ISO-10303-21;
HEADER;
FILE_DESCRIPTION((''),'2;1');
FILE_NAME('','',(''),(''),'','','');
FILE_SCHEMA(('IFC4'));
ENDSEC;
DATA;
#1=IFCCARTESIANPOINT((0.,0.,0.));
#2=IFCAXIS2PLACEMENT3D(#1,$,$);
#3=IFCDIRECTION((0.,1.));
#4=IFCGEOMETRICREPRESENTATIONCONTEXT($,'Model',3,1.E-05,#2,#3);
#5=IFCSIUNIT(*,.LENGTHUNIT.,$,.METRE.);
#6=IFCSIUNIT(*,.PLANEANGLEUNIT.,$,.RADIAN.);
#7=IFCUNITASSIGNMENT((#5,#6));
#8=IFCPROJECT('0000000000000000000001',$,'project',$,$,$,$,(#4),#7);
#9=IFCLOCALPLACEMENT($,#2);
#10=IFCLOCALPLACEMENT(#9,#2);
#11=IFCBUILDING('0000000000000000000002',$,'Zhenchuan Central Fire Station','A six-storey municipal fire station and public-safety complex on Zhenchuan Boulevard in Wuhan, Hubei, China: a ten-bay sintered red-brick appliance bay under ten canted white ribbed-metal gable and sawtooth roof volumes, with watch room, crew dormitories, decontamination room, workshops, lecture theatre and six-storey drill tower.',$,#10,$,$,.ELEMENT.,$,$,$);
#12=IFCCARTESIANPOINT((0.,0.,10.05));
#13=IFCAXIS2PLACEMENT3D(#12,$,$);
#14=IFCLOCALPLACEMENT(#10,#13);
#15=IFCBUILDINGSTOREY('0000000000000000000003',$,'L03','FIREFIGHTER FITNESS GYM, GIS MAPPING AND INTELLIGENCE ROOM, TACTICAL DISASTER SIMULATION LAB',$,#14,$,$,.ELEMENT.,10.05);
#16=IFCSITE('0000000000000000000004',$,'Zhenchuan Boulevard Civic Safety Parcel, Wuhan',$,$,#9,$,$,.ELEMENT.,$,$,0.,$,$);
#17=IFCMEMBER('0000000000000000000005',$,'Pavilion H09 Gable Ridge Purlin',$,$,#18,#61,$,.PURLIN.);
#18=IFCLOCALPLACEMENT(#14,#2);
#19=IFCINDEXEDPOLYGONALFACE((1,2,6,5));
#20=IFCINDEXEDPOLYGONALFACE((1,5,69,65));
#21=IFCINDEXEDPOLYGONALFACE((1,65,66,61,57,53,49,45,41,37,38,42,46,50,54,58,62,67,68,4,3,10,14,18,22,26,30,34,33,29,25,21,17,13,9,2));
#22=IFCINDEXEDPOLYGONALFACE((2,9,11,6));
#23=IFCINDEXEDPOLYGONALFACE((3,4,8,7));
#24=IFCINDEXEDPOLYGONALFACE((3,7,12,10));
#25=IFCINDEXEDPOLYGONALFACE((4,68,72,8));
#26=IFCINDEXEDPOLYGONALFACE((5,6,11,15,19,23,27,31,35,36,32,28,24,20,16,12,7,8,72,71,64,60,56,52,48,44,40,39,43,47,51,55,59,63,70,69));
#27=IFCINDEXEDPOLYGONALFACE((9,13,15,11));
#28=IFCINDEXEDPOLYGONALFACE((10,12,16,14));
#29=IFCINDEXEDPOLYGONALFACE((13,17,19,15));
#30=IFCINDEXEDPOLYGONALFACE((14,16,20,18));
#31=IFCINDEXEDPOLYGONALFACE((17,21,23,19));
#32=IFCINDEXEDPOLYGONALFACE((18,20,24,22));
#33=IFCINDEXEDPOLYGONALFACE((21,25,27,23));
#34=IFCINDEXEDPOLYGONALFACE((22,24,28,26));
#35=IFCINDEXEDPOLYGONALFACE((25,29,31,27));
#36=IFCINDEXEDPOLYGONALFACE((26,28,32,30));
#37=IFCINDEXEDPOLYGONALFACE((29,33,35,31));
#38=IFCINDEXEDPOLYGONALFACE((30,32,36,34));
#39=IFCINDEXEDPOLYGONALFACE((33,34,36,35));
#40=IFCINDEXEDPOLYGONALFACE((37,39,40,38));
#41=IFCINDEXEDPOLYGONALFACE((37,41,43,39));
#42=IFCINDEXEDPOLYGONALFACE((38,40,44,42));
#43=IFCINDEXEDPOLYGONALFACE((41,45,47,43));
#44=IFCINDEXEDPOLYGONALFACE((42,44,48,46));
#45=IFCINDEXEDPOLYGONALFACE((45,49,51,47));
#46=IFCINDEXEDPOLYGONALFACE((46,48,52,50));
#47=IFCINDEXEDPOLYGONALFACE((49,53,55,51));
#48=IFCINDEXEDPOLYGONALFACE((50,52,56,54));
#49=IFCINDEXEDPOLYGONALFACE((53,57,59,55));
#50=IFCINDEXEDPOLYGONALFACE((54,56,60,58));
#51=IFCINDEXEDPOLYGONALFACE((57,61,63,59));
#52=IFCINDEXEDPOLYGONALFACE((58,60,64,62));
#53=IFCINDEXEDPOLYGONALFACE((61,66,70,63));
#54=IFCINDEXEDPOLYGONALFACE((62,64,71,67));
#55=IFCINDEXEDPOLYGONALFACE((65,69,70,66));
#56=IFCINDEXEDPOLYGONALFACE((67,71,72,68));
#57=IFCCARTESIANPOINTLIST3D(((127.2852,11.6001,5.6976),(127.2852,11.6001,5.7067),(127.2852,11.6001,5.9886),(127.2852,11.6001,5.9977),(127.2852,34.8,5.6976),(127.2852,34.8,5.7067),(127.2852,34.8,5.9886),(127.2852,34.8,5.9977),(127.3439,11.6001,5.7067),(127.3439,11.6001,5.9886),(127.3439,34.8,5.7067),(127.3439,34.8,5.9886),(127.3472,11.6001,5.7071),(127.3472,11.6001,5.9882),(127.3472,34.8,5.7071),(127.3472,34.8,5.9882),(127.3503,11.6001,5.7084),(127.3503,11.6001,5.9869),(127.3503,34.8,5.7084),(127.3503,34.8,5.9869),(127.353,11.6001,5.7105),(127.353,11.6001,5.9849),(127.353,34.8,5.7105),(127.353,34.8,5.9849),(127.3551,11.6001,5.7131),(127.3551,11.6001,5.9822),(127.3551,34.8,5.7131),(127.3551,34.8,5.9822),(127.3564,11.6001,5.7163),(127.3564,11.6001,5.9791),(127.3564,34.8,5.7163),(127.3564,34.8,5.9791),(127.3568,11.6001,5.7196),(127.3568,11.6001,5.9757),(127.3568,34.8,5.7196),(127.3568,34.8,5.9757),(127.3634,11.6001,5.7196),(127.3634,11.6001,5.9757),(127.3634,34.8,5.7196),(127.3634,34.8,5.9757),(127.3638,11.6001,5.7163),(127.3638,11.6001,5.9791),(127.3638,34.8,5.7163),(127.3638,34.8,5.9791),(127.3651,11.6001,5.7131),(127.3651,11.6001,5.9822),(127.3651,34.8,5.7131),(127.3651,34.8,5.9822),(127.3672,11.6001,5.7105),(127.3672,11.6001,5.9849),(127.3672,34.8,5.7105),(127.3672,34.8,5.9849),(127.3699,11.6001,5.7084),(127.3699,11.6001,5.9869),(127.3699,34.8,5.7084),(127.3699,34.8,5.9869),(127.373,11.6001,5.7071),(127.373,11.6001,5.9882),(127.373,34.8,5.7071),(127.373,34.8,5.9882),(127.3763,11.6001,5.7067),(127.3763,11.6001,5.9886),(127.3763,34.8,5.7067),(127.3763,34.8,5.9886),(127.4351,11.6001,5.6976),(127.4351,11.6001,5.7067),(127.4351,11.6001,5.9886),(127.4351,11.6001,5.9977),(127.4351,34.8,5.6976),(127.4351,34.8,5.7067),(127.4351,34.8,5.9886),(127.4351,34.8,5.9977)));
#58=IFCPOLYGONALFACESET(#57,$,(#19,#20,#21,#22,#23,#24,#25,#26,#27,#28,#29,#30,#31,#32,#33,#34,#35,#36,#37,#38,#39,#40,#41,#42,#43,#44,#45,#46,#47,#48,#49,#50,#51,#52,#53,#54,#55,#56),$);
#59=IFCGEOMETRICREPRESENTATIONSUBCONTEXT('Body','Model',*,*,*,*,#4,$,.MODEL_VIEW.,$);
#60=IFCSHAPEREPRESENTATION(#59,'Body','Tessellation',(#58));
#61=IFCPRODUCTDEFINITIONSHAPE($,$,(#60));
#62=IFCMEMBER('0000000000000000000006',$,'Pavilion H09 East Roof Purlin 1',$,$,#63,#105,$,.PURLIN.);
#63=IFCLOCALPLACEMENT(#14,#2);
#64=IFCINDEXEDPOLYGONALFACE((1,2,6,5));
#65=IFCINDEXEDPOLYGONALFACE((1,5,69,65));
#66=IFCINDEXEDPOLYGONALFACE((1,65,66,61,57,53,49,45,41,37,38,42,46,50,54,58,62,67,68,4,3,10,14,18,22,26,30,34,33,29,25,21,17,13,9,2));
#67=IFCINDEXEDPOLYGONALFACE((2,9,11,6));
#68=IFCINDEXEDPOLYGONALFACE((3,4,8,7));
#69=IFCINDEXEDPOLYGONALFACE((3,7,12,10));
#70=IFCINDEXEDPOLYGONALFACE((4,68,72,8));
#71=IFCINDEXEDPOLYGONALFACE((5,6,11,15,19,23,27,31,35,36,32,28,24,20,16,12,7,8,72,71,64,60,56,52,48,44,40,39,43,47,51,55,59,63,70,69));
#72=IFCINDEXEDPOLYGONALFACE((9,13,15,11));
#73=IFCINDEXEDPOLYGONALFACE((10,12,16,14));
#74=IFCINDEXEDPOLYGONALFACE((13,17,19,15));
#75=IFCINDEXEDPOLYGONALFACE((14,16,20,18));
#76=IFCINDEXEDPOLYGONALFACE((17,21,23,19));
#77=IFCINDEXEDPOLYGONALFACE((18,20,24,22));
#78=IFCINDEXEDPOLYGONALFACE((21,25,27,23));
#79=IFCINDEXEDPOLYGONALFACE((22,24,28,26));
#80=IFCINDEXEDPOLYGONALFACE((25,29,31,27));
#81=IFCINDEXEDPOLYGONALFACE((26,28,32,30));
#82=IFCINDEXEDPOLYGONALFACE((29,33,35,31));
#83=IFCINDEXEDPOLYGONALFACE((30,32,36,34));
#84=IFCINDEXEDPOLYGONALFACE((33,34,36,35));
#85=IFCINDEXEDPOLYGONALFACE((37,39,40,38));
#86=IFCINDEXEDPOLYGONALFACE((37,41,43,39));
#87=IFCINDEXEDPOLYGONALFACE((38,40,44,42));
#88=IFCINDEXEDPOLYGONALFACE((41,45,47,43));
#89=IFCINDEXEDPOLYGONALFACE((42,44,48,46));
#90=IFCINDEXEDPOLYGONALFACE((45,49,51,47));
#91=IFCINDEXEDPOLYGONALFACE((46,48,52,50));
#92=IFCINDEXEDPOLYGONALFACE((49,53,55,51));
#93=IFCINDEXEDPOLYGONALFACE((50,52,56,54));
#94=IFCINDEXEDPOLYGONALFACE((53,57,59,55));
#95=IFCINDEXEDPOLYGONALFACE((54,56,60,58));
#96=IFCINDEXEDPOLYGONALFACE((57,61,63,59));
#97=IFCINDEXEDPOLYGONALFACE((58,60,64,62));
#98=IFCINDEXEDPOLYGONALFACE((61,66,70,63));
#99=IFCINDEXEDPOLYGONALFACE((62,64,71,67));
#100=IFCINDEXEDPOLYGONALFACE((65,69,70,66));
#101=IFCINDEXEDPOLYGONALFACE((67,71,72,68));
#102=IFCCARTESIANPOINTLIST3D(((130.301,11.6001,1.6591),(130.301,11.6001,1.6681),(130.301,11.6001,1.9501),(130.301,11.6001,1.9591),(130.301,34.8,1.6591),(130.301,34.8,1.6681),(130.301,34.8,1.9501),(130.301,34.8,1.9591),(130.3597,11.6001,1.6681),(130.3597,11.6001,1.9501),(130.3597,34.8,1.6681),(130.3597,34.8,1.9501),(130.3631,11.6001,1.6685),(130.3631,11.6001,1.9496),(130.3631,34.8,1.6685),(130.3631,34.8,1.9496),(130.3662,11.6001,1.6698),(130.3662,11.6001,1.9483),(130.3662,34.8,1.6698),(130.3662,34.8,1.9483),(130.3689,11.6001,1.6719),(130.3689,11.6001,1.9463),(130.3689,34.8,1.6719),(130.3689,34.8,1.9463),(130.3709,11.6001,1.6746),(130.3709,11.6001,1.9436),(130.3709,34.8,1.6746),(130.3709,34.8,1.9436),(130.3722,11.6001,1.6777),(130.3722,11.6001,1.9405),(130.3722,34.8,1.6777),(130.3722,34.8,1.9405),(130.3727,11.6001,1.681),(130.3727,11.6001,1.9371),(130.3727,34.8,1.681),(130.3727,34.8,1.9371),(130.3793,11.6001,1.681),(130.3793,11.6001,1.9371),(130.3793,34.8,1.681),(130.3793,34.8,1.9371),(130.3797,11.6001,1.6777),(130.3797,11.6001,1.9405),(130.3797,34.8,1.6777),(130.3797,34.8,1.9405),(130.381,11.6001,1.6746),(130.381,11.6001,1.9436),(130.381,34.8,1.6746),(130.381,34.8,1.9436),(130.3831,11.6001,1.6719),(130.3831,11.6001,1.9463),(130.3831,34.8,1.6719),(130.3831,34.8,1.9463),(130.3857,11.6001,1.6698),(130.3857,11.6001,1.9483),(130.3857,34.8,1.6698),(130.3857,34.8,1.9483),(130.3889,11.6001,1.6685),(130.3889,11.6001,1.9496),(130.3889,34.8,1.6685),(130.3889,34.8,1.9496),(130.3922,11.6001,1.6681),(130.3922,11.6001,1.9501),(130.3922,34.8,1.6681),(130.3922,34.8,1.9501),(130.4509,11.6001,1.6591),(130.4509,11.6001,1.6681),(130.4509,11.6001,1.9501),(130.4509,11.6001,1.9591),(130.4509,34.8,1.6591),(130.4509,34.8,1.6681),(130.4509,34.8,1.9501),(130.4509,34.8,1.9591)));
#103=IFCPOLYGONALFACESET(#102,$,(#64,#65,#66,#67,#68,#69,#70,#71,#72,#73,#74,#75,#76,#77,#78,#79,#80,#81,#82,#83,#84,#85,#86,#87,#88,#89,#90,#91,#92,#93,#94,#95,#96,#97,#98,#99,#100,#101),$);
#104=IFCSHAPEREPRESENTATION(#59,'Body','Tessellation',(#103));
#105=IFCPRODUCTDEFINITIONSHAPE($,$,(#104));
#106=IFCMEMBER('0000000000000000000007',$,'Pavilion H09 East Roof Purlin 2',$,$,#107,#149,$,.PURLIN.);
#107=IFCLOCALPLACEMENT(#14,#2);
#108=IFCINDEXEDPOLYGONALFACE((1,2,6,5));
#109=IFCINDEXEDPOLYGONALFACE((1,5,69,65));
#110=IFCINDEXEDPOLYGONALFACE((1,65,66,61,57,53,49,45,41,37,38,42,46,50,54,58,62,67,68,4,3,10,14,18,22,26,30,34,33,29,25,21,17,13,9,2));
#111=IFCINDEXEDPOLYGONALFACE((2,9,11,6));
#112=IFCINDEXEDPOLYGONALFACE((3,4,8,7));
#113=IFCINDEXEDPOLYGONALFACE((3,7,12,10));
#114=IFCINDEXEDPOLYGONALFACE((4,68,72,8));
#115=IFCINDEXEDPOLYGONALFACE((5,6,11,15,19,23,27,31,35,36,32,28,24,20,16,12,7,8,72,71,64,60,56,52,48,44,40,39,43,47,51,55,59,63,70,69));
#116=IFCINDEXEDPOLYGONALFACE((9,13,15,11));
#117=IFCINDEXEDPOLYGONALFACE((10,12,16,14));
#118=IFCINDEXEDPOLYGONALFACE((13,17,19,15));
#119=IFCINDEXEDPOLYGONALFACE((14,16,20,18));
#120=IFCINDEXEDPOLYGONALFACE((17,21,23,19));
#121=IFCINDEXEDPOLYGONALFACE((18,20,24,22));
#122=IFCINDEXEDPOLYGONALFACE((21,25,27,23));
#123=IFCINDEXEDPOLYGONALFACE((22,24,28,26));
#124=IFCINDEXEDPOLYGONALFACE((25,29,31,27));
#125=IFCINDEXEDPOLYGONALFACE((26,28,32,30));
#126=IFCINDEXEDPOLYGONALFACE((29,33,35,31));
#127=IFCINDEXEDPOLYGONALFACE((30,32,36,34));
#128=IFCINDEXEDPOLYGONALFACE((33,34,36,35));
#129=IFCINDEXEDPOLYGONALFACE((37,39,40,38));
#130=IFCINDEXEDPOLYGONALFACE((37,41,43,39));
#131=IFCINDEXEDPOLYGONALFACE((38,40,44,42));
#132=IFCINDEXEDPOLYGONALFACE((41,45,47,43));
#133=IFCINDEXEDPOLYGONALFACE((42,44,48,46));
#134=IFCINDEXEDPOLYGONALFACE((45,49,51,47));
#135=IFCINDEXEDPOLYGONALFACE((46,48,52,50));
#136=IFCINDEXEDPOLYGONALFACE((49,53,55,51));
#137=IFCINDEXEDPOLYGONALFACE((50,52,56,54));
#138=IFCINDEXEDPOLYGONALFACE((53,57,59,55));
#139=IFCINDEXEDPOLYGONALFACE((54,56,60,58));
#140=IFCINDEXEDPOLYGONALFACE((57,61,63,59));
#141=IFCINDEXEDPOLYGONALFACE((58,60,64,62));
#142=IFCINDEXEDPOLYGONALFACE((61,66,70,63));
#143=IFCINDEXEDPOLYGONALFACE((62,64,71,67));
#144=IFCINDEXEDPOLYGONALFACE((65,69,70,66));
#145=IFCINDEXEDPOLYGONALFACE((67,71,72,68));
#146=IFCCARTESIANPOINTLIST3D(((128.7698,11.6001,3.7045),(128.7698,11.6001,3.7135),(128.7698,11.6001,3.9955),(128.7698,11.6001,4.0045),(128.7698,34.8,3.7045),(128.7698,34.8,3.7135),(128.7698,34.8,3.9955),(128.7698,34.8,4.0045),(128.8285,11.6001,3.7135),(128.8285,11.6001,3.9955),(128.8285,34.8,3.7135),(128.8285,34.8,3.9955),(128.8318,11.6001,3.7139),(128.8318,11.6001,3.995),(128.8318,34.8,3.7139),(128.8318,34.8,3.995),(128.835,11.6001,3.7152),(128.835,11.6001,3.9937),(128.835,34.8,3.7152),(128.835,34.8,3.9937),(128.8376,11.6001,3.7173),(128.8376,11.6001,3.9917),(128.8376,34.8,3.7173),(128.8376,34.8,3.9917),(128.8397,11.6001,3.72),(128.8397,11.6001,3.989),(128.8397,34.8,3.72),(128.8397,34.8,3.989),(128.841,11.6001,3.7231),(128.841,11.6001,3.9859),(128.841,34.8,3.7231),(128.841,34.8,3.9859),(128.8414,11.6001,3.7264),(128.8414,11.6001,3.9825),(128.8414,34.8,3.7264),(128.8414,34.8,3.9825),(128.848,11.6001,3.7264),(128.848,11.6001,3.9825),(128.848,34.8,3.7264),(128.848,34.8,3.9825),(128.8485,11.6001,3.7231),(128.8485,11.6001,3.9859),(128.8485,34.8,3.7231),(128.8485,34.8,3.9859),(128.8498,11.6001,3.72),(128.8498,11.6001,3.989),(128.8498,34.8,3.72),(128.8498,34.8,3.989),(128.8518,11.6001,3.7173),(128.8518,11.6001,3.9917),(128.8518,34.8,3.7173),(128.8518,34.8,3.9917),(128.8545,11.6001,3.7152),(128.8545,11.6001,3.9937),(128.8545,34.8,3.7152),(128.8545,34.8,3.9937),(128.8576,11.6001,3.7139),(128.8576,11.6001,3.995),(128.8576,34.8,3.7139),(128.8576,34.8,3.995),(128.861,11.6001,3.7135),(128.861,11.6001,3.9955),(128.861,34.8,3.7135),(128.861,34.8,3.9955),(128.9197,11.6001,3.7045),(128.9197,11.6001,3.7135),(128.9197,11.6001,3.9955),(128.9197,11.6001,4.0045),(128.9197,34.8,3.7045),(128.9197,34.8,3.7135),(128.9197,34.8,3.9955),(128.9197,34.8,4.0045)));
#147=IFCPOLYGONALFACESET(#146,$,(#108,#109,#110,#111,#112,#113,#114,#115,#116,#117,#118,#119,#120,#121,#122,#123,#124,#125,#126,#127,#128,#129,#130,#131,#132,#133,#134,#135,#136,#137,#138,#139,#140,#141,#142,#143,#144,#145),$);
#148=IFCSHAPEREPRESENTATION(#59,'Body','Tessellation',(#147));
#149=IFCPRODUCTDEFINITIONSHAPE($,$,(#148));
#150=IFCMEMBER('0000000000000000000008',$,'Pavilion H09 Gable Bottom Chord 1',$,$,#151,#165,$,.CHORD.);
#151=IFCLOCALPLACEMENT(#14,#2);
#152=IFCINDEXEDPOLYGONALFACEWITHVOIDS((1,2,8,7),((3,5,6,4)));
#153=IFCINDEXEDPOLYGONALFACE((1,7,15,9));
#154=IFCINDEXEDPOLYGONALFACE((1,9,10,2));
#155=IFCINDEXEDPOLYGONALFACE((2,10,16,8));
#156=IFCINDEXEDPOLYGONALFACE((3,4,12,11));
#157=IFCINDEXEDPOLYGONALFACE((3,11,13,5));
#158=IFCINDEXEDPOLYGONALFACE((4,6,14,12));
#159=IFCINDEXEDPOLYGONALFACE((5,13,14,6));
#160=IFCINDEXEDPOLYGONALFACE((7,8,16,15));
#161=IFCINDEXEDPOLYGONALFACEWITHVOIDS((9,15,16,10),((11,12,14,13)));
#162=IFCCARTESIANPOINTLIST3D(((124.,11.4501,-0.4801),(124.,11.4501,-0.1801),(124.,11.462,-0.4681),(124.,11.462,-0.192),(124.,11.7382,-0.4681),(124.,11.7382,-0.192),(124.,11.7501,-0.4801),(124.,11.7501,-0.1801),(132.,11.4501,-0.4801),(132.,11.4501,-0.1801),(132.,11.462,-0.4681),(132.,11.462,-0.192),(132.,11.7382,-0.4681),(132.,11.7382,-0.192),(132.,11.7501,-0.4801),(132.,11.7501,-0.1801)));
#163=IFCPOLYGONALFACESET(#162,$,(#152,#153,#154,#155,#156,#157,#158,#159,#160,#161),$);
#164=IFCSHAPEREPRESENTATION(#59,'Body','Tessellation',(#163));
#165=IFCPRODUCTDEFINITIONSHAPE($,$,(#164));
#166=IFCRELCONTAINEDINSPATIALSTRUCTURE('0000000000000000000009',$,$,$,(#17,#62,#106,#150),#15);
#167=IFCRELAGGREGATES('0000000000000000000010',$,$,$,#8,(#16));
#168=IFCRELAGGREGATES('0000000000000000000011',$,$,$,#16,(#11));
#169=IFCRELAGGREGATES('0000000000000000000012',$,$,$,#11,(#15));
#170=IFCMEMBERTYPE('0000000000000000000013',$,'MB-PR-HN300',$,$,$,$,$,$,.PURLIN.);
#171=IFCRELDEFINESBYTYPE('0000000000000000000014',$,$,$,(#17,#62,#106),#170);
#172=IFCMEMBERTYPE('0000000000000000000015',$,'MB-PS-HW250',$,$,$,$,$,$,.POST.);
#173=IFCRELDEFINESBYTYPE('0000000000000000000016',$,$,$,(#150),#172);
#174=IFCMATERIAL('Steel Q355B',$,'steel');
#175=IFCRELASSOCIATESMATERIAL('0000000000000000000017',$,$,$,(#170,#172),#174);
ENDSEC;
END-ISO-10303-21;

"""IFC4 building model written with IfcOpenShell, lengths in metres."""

from ifc_helpers import new_model, si_unit, direction, frame, origin, origin_2d, place, context, subcontext, project, spatial, hollow_rectangle, i_section, extrude, material, material_profile, profile_set, type_object, element, save


model = new_model("IFC4")

# Units and contexts
model_context = context("Model", 3, precision=1e-05, world=origin(), true_north=direction((0.0, 1.0)))
body_context = subcontext(model_context, "Body", "Model", "MODEL_VIEW")
ifc_project = project(units=[si_unit("LENGTHUNIT", "METRE"), si_unit("PLANEANGLEUNIT", "RADIAN")], contexts=[model_context])

# Site, building, storey
site_placement = place(None, origin())
site = spatial("IfcSite", under=ifc_project, at=site_placement, Name="Zhenchuan Boulevard Civic Safety Parcel, Wuhan", CompositionType="ELEMENT", RefElevation=0.0)
building_placement = place(site_placement, origin())
building = spatial("IfcBuilding", under=site, at=building_placement, Name="Zhenchuan Central Fire Station", Description="A six-storey municipal fire station and public-safety complex on Zhenchuan Boulevard in Wuhan, Hubei, China: a ten-bay sintered red-brick appliance bay under ten canted white ribbed-metal gable and sawtooth roof volumes, with watch room, crew dormitories, decontamination room, workshops, lecture theatre and six-storey drill tower.", CompositionType="ELEMENT")
storey_placement = place(building_placement, frame((0.0, 0.0, 10.05)))
storey = spatial("IfcBuildingStorey", under=building, at=storey_placement, Name="L03", Description="FIREFIGHTER FITNESS GYM, GIS MAPPING AND INTELLIGENCE ROOM, TACTICAL DISASTER SIMULATION LAB", CompositionType="ELEMENT", Elevation=10.05)

# Shared definitions
ifc_material_1 = material(Name="Steel Q355B", Category="steel")

# Members
ifc_material_profile_1 = material_profile(ifc_material_1, i_section(OverallWidth=0.1499, OverallDepth=0.3, WebThickness=0.0066, FlangeThickness=0.009, FilletRadius=0.0129, at=origin_2d()), Name="HN 300x150")
ifc_profile_set_1 = profile_set([ifc_material_profile_1], Name="Steel Q355B")
member_type_1 = type_object("IfcMemberType", Name="MB-PR-HN300", PredefinedType="PURLIN", material=ifc_profile_set_1)
for number, where, z_axis, x_axis, name in (
    (1, (127.3601, 11.6001, 5.8477), (0.0, 1.0, 0.0), (-1.0, 0.0, 0.0), "Pavilion H09 Gable Ridge Purlin"),
    (2, (130.376, 11.6001, 1.8091), (0.0, 1.0, 0.0), (-1.0, 0.0, 0.0), "Pavilion H09 East Roof Purlin 1"),
    (3, (128.8447, 11.6001, 3.8545), (0.0, 1.0, 0.0), (-1.0, 0.0, 0.0), "Pavilion H09 East Roof Purlin 2"),
):
    element("IfcMember", number, at=place(storey_placement, frame(where, z_axis=z_axis, x_axis=x_axis)), inside=storey, type_object=member_type_1, Name=name, PredefinedType="PURLIN", context=body_context, shape_type="SweptSolid", body=[
        extrude(i_section(OverallWidth=0.1499, OverallDepth=0.3, WebThickness=0.0066, FlangeThickness=0.009, FilletRadius=0.0129, at=origin_2d()), origin(), (0.0, 0.0, 1.0), 23.2),
    ])
ifc_material_profile_2 = material_profile(ifc_material_1, hollow_rectangle(XDim=0.3, YDim=0.3, WallThickness=0.012, at=origin_2d()), Name="SHS 300x300x12")
ifc_profile_set_2 = profile_set([ifc_material_profile_2], Name="Steel Q355B")
member_type_2 = type_object("IfcMemberType", Name="MB-PS-HW250", PredefinedType="POST", material=ifc_profile_set_2)
member_1_placement = place(storey_placement, frame((124.0, 11.6001, -0.3301), z_axis=(1.0, 0.0, 0.0), x_axis=(0.0, 1.0, 0.0)))
element("IfcMember", 4, at=member_1_placement, inside=storey, type_object=member_type_2, Name="Pavilion H09 Gable Bottom Chord 1", PredefinedType="CHORD", context=body_context, shape_type="SweptSolid", body=[
    extrude(hollow_rectangle(XDim=0.3, YDim=0.3, WallThickness=0.012, at=origin_2d()), origin(), (0.0, 0.0, 1.0), 8.0),
])

save(model, "model.ifc")
